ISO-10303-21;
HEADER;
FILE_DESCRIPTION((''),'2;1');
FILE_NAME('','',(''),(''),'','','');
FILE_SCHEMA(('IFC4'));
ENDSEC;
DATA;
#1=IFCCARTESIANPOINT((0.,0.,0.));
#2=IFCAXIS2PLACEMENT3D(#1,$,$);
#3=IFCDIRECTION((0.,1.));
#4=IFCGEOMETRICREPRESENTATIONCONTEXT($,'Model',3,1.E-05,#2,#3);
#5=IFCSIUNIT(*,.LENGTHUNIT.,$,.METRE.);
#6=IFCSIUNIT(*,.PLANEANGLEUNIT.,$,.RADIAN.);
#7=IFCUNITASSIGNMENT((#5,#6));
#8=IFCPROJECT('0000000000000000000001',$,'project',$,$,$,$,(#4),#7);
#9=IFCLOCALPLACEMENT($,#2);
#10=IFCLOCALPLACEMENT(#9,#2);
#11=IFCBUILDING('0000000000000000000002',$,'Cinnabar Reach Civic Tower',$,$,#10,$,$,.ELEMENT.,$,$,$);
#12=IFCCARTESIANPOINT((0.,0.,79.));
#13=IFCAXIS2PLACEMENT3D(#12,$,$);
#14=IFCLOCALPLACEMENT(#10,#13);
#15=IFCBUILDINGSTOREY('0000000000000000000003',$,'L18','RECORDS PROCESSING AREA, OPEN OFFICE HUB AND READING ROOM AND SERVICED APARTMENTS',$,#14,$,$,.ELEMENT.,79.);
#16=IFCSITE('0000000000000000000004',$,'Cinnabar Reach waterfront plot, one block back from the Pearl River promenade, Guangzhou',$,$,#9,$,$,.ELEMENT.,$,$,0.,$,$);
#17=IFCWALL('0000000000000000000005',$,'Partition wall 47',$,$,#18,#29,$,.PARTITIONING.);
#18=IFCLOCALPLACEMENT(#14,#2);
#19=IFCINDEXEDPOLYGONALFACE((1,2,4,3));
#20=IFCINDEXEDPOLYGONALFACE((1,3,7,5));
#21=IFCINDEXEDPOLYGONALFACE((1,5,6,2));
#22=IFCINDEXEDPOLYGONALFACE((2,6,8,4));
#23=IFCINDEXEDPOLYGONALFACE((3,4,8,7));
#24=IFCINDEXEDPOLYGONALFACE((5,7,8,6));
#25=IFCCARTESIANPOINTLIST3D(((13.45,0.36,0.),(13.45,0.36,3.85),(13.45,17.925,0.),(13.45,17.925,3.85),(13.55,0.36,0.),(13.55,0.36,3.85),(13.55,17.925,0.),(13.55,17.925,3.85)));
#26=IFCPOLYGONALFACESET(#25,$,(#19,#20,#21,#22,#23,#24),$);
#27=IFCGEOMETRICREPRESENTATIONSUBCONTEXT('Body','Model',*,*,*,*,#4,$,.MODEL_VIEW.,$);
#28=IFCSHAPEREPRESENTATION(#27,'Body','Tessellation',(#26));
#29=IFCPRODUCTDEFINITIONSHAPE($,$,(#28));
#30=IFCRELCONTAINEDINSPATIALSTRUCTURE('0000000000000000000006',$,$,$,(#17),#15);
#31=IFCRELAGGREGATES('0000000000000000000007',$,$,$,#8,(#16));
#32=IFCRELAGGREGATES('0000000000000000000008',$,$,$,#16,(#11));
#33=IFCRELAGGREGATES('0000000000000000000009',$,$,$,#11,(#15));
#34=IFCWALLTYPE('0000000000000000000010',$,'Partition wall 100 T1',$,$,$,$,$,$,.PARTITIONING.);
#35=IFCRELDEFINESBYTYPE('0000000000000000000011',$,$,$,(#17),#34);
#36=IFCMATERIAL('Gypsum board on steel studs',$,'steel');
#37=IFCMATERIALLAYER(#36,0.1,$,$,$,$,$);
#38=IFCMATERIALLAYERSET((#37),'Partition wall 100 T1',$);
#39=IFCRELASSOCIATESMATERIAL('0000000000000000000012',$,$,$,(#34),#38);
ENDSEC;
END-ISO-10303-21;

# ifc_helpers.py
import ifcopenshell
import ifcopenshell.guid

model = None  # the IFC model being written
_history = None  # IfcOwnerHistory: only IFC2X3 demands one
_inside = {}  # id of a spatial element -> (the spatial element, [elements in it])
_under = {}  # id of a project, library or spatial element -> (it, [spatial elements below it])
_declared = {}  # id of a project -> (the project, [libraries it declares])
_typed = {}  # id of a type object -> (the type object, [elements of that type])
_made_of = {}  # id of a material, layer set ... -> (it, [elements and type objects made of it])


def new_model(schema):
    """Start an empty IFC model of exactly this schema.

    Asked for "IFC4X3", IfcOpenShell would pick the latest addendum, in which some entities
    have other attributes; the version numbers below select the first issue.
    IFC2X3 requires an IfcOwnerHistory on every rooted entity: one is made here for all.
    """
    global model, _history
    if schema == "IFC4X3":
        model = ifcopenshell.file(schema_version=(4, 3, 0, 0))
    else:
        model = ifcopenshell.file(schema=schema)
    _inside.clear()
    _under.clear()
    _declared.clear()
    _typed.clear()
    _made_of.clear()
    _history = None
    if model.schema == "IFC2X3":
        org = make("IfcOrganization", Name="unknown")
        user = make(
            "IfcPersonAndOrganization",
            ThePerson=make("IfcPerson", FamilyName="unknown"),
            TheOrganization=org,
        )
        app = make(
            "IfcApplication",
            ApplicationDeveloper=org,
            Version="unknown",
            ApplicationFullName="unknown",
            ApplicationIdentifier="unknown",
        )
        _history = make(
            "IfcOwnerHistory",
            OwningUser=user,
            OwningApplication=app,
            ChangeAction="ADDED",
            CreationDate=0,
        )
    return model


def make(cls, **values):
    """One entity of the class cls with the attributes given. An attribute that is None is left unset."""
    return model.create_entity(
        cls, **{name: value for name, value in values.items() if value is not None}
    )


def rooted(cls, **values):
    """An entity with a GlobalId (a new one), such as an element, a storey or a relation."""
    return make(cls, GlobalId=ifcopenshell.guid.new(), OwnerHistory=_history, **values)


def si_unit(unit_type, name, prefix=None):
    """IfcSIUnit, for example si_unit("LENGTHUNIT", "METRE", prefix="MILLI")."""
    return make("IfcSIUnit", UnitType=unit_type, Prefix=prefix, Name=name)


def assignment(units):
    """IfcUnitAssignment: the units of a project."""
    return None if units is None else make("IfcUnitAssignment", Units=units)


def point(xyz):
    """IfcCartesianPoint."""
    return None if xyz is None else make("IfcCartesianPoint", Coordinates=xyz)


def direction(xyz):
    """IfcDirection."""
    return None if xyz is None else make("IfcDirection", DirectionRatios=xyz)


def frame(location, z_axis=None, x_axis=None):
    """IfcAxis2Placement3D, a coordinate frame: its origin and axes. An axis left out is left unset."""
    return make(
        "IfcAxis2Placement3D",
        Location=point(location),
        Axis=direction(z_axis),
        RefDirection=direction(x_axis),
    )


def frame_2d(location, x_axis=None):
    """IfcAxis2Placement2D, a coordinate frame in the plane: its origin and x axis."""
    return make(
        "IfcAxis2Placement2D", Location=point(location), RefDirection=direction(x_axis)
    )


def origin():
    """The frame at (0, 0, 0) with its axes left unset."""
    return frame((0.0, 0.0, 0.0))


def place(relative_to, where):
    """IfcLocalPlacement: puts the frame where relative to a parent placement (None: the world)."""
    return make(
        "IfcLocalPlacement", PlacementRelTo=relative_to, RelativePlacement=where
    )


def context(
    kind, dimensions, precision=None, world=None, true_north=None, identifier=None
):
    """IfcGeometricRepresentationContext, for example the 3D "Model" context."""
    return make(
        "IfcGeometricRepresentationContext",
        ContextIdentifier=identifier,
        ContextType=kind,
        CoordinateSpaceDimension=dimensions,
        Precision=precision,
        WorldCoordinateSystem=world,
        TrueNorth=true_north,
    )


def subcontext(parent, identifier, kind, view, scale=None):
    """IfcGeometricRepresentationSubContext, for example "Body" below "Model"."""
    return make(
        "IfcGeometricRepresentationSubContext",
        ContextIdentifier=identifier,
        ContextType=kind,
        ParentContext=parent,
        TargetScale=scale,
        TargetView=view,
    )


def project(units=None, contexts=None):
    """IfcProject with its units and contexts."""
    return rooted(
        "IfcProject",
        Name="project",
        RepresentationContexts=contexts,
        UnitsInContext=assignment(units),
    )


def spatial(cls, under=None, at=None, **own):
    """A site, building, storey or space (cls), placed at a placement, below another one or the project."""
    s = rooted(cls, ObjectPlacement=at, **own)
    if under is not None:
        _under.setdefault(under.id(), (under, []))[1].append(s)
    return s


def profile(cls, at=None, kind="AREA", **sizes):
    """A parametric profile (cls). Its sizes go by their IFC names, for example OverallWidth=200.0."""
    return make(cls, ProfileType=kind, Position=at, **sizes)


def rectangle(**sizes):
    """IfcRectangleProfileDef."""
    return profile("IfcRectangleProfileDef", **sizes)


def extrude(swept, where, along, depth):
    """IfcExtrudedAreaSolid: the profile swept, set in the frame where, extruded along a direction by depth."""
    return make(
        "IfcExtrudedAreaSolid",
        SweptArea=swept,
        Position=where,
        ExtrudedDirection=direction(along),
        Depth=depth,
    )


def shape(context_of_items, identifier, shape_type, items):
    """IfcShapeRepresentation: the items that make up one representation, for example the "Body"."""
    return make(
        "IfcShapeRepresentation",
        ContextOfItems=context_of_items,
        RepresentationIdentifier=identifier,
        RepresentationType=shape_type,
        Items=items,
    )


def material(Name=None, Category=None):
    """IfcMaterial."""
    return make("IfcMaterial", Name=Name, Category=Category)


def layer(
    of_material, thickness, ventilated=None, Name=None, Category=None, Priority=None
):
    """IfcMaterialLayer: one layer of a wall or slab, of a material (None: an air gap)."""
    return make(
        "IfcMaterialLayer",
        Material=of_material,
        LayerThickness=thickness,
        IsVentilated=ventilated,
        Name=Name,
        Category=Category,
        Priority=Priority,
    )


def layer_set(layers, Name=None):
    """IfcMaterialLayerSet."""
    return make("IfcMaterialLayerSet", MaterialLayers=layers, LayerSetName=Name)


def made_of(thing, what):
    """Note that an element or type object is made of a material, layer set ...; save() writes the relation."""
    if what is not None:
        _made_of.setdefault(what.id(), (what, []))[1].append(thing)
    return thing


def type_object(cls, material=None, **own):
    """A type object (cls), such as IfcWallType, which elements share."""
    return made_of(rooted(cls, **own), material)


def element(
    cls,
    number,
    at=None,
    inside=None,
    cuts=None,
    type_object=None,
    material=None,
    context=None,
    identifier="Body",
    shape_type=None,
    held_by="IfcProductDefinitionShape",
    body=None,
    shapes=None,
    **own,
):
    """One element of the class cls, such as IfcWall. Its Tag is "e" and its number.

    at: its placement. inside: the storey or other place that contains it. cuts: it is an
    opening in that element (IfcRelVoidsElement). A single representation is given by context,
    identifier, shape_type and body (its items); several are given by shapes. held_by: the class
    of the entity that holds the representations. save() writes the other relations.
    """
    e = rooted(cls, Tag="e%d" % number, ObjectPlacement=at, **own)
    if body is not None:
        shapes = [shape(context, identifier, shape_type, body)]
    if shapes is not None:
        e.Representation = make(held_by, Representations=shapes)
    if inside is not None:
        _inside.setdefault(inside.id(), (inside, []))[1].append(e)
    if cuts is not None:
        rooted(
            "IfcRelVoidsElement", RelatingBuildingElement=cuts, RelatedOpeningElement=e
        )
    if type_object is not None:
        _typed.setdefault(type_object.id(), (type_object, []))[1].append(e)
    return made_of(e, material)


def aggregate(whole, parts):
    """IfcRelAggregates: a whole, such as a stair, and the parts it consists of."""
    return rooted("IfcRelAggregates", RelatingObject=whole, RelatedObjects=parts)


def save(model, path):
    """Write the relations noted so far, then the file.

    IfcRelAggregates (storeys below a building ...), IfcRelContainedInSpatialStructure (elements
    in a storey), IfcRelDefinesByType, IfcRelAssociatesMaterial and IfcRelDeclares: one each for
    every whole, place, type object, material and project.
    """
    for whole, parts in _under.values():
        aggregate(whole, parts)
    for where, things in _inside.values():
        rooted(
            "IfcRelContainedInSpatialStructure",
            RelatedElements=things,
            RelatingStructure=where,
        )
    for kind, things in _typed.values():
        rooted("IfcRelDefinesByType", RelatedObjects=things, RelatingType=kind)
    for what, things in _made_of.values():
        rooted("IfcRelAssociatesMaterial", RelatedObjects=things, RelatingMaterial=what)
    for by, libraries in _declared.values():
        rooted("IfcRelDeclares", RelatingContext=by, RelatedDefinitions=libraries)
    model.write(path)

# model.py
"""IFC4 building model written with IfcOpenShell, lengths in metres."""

from ifc_helpers import new_model, si_unit, direction, frame, frame_2d, origin, place, context, subcontext, project, spatial, rectangle, extrude, material, layer, layer_set, type_object, element, save


model = new_model("IFC4")

# Units and contexts
model_context = context("Model", 3, precision=1e-05, world=origin(), true_north=direction((0.0, 1.0)))
body_context = subcontext(model_context, "Body", "Model", "MODEL_VIEW")
ifc_project = project(units=[si_unit("LENGTHUNIT", "METRE"), si_unit("PLANEANGLEUNIT", "RADIAN")], contexts=[model_context])

# Site, building, storey
site_placement = place(None, origin())
site = spatial("IfcSite", under=ifc_project, at=site_placement, Name="Cinnabar Reach waterfront plot, one block back from the Pearl River promenade, Guangzhou", CompositionType="ELEMENT", RefElevation=0.0)
building_placement = place(site_placement, origin())
building = spatial("IfcBuilding", under=site, at=building_placement, Name="Cinnabar Reach Civic Tower", CompositionType="ELEMENT")
storey_placement = place(building_placement, frame((0.0, 0.0, 79.0)))
storey = spatial("IfcBuildingStorey", under=building, at=storey_placement, Name="L18", Description="RECORDS PROCESSING AREA, OPEN OFFICE HUB AND READING ROOM AND SERVICED APARTMENTS", CompositionType="ELEMENT", Elevation=79.0)

# Wall
ifc_material_1 = material(Name="Gypsum board on steel studs", Category="steel")
ifc_layer = layer(ifc_material_1, 0.1)
ifc_layer_set = layer_set([ifc_layer], Name="Partition wall 100 T1")
wall_type = type_object("IfcWallType", Name="Partition wall 100 T1", PredefinedType="PARTITIONING", material=ifc_layer_set)
wall_placement = place(storey_placement, frame((13.5, 0.36, 0.0), z_axis=(0.0, 0.0, 1.0), x_axis=(0.0, 1.0, 0.0)))
element("IfcWall", 1, at=wall_placement, inside=storey, type_object=wall_type, Name="Partition wall 47", PredefinedType="PARTITIONING", context=body_context, shape_type="SweptSolid", body=[
    extrude(rectangle(XDim=17.565, YDim=0.1, at=frame_2d((8.7825, 0.0))), origin(), (0.0, 0.0, 1.0), 3.85),
])

save(model, "model.ifc")
